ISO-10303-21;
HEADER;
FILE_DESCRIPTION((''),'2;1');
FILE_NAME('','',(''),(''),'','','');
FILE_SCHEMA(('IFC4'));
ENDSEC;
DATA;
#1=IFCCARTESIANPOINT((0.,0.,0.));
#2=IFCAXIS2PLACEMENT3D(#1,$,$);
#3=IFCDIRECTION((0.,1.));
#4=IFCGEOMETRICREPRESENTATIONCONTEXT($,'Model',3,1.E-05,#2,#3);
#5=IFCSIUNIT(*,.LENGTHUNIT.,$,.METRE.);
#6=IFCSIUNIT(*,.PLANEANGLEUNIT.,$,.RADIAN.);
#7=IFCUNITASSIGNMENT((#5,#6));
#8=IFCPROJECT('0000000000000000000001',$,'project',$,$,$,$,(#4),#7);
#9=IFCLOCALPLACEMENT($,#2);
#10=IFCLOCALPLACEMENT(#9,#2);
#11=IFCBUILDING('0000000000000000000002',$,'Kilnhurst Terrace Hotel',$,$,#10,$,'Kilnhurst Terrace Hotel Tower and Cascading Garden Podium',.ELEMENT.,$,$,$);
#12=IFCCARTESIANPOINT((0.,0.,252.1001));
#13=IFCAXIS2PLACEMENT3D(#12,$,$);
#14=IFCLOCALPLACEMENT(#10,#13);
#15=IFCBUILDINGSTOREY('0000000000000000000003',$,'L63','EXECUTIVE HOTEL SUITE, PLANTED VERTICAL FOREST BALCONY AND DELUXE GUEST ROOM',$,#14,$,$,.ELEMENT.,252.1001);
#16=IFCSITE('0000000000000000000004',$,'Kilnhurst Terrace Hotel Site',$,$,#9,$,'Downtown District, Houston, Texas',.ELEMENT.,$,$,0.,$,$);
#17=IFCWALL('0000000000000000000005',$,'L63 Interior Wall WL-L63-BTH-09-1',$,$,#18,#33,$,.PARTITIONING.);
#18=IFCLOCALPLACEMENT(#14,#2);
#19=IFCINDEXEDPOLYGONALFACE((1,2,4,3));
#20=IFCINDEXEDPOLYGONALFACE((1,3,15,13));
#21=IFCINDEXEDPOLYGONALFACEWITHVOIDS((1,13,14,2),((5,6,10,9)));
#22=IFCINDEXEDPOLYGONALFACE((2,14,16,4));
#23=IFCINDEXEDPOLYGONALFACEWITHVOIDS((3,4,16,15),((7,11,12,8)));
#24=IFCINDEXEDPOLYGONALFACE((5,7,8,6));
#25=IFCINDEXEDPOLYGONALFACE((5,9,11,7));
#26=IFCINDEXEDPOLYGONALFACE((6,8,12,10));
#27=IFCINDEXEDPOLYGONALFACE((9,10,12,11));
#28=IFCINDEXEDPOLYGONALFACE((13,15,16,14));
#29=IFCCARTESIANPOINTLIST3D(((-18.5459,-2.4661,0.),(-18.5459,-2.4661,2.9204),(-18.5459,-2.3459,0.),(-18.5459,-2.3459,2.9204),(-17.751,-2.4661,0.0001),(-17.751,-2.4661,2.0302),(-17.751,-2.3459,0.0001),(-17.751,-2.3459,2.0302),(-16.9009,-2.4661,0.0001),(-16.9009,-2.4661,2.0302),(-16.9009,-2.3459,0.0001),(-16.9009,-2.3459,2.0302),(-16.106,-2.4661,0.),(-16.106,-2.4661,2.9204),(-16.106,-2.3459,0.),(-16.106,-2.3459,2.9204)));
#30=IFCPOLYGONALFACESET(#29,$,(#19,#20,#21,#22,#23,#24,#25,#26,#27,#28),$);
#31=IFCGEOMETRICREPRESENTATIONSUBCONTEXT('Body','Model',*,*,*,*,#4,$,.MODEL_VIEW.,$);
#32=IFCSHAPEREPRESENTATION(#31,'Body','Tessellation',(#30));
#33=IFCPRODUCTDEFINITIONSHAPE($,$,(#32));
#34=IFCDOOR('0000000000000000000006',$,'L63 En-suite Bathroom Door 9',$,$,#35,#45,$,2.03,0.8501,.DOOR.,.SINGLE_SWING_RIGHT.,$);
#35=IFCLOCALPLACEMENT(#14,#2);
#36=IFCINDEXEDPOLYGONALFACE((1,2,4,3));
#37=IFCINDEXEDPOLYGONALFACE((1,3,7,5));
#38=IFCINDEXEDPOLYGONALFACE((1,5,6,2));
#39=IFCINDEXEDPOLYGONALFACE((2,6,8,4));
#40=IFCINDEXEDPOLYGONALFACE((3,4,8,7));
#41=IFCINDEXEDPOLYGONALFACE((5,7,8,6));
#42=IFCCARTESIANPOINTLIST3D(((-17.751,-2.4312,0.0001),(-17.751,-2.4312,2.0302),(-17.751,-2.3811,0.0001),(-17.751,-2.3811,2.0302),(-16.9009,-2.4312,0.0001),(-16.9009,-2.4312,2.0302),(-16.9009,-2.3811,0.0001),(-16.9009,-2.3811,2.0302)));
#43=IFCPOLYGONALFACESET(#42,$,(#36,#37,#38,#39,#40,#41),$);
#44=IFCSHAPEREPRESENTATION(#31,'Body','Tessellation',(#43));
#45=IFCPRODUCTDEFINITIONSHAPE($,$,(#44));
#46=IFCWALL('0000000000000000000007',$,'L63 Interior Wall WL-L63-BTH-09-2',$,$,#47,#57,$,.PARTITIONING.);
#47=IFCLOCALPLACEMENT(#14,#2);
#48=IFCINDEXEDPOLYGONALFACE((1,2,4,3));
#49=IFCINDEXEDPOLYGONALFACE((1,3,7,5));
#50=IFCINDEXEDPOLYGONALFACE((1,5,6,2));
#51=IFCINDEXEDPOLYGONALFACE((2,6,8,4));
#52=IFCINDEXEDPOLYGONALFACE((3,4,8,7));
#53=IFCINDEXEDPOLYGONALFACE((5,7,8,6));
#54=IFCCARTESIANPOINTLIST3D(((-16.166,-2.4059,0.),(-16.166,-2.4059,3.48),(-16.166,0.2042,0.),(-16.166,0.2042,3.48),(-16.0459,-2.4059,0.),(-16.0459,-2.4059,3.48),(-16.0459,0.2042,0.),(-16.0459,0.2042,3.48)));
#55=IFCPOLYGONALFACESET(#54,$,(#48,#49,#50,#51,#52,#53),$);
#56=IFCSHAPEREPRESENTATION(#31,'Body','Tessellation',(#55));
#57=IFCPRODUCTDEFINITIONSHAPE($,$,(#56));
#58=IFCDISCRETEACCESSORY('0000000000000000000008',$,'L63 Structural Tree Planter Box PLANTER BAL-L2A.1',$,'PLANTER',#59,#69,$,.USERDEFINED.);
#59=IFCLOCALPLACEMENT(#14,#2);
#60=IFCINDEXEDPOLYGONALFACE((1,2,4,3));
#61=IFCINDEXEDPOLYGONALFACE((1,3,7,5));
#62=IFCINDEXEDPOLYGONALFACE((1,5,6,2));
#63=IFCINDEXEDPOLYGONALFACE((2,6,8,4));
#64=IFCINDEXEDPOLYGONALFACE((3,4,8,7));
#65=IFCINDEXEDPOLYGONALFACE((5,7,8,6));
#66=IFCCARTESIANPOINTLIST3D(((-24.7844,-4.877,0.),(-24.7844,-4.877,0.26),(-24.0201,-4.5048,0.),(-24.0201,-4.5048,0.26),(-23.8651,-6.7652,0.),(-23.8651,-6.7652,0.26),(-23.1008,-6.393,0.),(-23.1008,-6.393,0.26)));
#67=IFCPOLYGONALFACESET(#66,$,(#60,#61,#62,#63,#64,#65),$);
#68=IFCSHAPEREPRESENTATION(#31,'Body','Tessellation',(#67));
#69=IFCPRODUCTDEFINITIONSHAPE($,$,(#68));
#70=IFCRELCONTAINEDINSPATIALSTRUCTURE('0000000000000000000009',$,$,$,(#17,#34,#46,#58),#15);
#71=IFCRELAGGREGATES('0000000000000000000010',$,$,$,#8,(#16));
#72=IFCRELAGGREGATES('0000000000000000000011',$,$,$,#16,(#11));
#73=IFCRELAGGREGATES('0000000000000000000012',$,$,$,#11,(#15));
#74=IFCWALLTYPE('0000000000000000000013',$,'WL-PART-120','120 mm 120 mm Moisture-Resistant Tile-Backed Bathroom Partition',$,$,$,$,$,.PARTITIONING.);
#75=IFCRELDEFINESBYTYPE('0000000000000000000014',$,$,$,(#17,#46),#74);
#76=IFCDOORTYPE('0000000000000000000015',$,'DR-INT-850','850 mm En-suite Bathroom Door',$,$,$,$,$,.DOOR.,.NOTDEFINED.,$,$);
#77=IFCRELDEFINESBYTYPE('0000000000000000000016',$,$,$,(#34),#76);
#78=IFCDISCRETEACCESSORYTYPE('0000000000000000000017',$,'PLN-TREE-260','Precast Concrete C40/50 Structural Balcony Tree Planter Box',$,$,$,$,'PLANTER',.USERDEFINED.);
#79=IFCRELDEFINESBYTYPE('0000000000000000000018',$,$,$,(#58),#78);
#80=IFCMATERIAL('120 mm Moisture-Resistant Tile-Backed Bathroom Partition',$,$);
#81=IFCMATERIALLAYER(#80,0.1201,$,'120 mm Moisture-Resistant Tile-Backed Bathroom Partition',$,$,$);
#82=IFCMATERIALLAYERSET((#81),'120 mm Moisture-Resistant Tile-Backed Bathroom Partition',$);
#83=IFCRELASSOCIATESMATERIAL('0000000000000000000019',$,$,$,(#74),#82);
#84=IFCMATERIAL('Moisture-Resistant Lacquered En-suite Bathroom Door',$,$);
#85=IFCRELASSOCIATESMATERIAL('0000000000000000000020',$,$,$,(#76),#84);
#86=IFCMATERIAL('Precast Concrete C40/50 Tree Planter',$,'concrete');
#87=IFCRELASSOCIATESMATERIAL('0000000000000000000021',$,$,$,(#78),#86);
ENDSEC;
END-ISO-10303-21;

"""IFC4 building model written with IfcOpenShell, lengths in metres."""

from ifc_helpers import new_model, si_unit, direction, frame, frame_2d, origin, origin_2d, place, context, subcontext, project, spatial, rectangle, extrude, material, layer, layer_set, type_object, element, fill, save


model = new_model("IFC4")

# Units and contexts
model_context = context("Model", 3, precision=1e-05, world=origin(), true_north=direction((0.0, 1.0)))
body_context = subcontext(model_context, "Body", "Model", "MODEL_VIEW")
ifc_project = project(units=[si_unit("LENGTHUNIT", "METRE"), si_unit("PLANEANGLEUNIT", "RADIAN")], contexts=[model_context])

# Site, building, storey
site_placement = place(None, origin())
site = spatial("IfcSite", under=ifc_project, at=site_placement, Name="Kilnhurst Terrace Hotel Site", LongName="Downtown District, Houston, Texas", CompositionType="ELEMENT", RefElevation=0.0)
building_placement = place(site_placement, origin())
building = spatial("IfcBuilding", under=site, at=building_placement, Name="Kilnhurst Terrace Hotel", LongName="Kilnhurst Terrace Hotel Tower and Cascading Garden Podium", CompositionType="ELEMENT")
storey_placement = place(building_placement, frame((0.0, 0.0, 252.1001)))
storey = spatial("IfcBuildingStorey", under=building, at=storey_placement, Name="L63", Description="EXECUTIVE HOTEL SUITE, PLANTED VERTICAL FOREST BALCONY AND DELUXE GUEST ROOM", CompositionType="ELEMENT", Elevation=252.1001)

# Wall, opening, door
ifc_material_1 = material(Name="120 mm Moisture-Resistant Tile-Backed Bathroom Partition")
ifc_layer_1 = layer(ifc_material_1, 0.1201, Name="120 mm Moisture-Resistant Tile-Backed Bathroom Partition")
ifc_layer_set_1 = layer_set([ifc_layer_1], Name="120 mm Moisture-Resistant Tile-Backed Bathroom Partition")
wall_type_1 = type_object("IfcWallType", Name="WL-PART-120", Description="120 mm 120 mm Moisture-Resistant Tile-Backed Bathroom Partition", PredefinedType="PARTITIONING", material=ifc_layer_set_1)
wall_1_placement = place(storey_placement, frame((-18.5459, -2.406, 0.0), z_axis=(0.0, 0.0, 1.0), x_axis=(1.0, 0.0, 0.0)))
wall_1 = element("IfcWall", 1, at=wall_1_placement, inside=storey, type_object=wall_type_1, Name="L63 Interior Wall WL-L63-BTH-09-1", PredefinedType="PARTITIONING", context=body_context, shape_type="SweptSolid", body=[
    extrude(rectangle(XDim=2.4399, YDim=0.1201, at=frame_2d((1.22, 0.0))), origin(), (0.0, 0.0, 1.0), 2.9204),
])
opening_1_placement = place(wall_1_placement, frame((0.7949, 0.0, 0.0)))
opening_1 = element("IfcOpeningElement", 2, at=opening_1_placement, cuts=wall_1, PredefinedType="OPENING", context=body_context, shape_type="SweptSolid", body=[
    extrude(rectangle(XDim=0.8501, YDim=2.03, at=frame_2d((0.425, 1.0151))), frame((0.0, 0.0701, 0.0), z_axis=(0.0, -1.0, 0.0), x_axis=(1.0, 0.0, 0.0)), (0.0, 0.0, 1.0), 0.1401),
])
ifc_material_2 = material(Name="Moisture-Resistant Lacquered En-suite Bathroom Door")
door_type_1 = type_object("IfcDoorType", Name="DR-INT-850", Description="850 mm En-suite Bathroom Door", OperationType="NOTDEFINED", PredefinedType="DOOR", material=ifc_material_2)
door_1_placement = place(opening_1_placement, origin())
door_1 = element("IfcDoor", 3, at=door_1_placement, inside=storey, type_object=door_type_1, Name="L63 En-suite Bathroom Door 9", OperationType="SINGLE_SWING_RIGHT", OverallHeight=2.03, OverallWidth=0.8501, PredefinedType="DOOR", context=body_context, shape_type="SweptSolid", body=[
    extrude(rectangle(XDim=0.8501, YDim=2.03, at=frame_2d((0.425, 1.0151))), frame((0.0, 0.0249, 0.0), z_axis=(0.0, -1.0, 0.0), x_axis=(1.0, 0.0, 0.0)), (0.0, 0.0, 1.0), 0.05),
])
fill(opening_1, door_1)

# Wall
wall_2_placement = place(storey_placement, frame((-16.106, -2.406, 0.0), z_axis=(0.0, 0.0, 1.0), x_axis=(0.0, 1.0, 0.0)))
element("IfcWall", 4, at=wall_2_placement, inside=storey, type_object=wall_type_1, Name="L63 Interior Wall WL-L63-BTH-09-2", PredefinedType="PARTITIONING", context=body_context, shape_type="SweptSolid", body=[
    extrude(rectangle(XDim=2.6101, YDim=0.1201, at=frame_2d((1.3052, 0.0))), origin(), (0.0, 0.0, 1.0), 3.48),
])

# Discrete accessory
ifc_material_3 = material(Name="Precast Concrete C40/50 Tree Planter", Category="concrete")
discrete_accessory_type = type_object("IfcDiscreteAccessoryType", Name="PLN-TREE-260", Description="Precast Concrete C40/50 Structural Balcony Tree Planter Box", ElementType="PLANTER", PredefinedType="USERDEFINED", material=ifc_material_3)
discrete_accessory_placement = place(storey_placement, frame((-23.9426, -5.635, 0.0), z_axis=(0.0, 0.0, 1.0), x_axis=(0.437744, -0.8991, 0.0)))
element("IfcDiscreteAccessory", 5, at=discrete_accessory_placement, inside=storey, type_object=discrete_accessory_type, Name="L63 Structural Tree Planter Box PLANTER BAL-L2A.1", ObjectType="PLANTER", PredefinedType="USERDEFINED", context=body_context, shape_type="SweptSolid", body=[
    extrude(rectangle(XDim=2.1001, YDim=0.8501, at=origin_2d()), origin(), (0.0, 0.0, 1.0), 0.26),
])

save(model, "model.ifc")
